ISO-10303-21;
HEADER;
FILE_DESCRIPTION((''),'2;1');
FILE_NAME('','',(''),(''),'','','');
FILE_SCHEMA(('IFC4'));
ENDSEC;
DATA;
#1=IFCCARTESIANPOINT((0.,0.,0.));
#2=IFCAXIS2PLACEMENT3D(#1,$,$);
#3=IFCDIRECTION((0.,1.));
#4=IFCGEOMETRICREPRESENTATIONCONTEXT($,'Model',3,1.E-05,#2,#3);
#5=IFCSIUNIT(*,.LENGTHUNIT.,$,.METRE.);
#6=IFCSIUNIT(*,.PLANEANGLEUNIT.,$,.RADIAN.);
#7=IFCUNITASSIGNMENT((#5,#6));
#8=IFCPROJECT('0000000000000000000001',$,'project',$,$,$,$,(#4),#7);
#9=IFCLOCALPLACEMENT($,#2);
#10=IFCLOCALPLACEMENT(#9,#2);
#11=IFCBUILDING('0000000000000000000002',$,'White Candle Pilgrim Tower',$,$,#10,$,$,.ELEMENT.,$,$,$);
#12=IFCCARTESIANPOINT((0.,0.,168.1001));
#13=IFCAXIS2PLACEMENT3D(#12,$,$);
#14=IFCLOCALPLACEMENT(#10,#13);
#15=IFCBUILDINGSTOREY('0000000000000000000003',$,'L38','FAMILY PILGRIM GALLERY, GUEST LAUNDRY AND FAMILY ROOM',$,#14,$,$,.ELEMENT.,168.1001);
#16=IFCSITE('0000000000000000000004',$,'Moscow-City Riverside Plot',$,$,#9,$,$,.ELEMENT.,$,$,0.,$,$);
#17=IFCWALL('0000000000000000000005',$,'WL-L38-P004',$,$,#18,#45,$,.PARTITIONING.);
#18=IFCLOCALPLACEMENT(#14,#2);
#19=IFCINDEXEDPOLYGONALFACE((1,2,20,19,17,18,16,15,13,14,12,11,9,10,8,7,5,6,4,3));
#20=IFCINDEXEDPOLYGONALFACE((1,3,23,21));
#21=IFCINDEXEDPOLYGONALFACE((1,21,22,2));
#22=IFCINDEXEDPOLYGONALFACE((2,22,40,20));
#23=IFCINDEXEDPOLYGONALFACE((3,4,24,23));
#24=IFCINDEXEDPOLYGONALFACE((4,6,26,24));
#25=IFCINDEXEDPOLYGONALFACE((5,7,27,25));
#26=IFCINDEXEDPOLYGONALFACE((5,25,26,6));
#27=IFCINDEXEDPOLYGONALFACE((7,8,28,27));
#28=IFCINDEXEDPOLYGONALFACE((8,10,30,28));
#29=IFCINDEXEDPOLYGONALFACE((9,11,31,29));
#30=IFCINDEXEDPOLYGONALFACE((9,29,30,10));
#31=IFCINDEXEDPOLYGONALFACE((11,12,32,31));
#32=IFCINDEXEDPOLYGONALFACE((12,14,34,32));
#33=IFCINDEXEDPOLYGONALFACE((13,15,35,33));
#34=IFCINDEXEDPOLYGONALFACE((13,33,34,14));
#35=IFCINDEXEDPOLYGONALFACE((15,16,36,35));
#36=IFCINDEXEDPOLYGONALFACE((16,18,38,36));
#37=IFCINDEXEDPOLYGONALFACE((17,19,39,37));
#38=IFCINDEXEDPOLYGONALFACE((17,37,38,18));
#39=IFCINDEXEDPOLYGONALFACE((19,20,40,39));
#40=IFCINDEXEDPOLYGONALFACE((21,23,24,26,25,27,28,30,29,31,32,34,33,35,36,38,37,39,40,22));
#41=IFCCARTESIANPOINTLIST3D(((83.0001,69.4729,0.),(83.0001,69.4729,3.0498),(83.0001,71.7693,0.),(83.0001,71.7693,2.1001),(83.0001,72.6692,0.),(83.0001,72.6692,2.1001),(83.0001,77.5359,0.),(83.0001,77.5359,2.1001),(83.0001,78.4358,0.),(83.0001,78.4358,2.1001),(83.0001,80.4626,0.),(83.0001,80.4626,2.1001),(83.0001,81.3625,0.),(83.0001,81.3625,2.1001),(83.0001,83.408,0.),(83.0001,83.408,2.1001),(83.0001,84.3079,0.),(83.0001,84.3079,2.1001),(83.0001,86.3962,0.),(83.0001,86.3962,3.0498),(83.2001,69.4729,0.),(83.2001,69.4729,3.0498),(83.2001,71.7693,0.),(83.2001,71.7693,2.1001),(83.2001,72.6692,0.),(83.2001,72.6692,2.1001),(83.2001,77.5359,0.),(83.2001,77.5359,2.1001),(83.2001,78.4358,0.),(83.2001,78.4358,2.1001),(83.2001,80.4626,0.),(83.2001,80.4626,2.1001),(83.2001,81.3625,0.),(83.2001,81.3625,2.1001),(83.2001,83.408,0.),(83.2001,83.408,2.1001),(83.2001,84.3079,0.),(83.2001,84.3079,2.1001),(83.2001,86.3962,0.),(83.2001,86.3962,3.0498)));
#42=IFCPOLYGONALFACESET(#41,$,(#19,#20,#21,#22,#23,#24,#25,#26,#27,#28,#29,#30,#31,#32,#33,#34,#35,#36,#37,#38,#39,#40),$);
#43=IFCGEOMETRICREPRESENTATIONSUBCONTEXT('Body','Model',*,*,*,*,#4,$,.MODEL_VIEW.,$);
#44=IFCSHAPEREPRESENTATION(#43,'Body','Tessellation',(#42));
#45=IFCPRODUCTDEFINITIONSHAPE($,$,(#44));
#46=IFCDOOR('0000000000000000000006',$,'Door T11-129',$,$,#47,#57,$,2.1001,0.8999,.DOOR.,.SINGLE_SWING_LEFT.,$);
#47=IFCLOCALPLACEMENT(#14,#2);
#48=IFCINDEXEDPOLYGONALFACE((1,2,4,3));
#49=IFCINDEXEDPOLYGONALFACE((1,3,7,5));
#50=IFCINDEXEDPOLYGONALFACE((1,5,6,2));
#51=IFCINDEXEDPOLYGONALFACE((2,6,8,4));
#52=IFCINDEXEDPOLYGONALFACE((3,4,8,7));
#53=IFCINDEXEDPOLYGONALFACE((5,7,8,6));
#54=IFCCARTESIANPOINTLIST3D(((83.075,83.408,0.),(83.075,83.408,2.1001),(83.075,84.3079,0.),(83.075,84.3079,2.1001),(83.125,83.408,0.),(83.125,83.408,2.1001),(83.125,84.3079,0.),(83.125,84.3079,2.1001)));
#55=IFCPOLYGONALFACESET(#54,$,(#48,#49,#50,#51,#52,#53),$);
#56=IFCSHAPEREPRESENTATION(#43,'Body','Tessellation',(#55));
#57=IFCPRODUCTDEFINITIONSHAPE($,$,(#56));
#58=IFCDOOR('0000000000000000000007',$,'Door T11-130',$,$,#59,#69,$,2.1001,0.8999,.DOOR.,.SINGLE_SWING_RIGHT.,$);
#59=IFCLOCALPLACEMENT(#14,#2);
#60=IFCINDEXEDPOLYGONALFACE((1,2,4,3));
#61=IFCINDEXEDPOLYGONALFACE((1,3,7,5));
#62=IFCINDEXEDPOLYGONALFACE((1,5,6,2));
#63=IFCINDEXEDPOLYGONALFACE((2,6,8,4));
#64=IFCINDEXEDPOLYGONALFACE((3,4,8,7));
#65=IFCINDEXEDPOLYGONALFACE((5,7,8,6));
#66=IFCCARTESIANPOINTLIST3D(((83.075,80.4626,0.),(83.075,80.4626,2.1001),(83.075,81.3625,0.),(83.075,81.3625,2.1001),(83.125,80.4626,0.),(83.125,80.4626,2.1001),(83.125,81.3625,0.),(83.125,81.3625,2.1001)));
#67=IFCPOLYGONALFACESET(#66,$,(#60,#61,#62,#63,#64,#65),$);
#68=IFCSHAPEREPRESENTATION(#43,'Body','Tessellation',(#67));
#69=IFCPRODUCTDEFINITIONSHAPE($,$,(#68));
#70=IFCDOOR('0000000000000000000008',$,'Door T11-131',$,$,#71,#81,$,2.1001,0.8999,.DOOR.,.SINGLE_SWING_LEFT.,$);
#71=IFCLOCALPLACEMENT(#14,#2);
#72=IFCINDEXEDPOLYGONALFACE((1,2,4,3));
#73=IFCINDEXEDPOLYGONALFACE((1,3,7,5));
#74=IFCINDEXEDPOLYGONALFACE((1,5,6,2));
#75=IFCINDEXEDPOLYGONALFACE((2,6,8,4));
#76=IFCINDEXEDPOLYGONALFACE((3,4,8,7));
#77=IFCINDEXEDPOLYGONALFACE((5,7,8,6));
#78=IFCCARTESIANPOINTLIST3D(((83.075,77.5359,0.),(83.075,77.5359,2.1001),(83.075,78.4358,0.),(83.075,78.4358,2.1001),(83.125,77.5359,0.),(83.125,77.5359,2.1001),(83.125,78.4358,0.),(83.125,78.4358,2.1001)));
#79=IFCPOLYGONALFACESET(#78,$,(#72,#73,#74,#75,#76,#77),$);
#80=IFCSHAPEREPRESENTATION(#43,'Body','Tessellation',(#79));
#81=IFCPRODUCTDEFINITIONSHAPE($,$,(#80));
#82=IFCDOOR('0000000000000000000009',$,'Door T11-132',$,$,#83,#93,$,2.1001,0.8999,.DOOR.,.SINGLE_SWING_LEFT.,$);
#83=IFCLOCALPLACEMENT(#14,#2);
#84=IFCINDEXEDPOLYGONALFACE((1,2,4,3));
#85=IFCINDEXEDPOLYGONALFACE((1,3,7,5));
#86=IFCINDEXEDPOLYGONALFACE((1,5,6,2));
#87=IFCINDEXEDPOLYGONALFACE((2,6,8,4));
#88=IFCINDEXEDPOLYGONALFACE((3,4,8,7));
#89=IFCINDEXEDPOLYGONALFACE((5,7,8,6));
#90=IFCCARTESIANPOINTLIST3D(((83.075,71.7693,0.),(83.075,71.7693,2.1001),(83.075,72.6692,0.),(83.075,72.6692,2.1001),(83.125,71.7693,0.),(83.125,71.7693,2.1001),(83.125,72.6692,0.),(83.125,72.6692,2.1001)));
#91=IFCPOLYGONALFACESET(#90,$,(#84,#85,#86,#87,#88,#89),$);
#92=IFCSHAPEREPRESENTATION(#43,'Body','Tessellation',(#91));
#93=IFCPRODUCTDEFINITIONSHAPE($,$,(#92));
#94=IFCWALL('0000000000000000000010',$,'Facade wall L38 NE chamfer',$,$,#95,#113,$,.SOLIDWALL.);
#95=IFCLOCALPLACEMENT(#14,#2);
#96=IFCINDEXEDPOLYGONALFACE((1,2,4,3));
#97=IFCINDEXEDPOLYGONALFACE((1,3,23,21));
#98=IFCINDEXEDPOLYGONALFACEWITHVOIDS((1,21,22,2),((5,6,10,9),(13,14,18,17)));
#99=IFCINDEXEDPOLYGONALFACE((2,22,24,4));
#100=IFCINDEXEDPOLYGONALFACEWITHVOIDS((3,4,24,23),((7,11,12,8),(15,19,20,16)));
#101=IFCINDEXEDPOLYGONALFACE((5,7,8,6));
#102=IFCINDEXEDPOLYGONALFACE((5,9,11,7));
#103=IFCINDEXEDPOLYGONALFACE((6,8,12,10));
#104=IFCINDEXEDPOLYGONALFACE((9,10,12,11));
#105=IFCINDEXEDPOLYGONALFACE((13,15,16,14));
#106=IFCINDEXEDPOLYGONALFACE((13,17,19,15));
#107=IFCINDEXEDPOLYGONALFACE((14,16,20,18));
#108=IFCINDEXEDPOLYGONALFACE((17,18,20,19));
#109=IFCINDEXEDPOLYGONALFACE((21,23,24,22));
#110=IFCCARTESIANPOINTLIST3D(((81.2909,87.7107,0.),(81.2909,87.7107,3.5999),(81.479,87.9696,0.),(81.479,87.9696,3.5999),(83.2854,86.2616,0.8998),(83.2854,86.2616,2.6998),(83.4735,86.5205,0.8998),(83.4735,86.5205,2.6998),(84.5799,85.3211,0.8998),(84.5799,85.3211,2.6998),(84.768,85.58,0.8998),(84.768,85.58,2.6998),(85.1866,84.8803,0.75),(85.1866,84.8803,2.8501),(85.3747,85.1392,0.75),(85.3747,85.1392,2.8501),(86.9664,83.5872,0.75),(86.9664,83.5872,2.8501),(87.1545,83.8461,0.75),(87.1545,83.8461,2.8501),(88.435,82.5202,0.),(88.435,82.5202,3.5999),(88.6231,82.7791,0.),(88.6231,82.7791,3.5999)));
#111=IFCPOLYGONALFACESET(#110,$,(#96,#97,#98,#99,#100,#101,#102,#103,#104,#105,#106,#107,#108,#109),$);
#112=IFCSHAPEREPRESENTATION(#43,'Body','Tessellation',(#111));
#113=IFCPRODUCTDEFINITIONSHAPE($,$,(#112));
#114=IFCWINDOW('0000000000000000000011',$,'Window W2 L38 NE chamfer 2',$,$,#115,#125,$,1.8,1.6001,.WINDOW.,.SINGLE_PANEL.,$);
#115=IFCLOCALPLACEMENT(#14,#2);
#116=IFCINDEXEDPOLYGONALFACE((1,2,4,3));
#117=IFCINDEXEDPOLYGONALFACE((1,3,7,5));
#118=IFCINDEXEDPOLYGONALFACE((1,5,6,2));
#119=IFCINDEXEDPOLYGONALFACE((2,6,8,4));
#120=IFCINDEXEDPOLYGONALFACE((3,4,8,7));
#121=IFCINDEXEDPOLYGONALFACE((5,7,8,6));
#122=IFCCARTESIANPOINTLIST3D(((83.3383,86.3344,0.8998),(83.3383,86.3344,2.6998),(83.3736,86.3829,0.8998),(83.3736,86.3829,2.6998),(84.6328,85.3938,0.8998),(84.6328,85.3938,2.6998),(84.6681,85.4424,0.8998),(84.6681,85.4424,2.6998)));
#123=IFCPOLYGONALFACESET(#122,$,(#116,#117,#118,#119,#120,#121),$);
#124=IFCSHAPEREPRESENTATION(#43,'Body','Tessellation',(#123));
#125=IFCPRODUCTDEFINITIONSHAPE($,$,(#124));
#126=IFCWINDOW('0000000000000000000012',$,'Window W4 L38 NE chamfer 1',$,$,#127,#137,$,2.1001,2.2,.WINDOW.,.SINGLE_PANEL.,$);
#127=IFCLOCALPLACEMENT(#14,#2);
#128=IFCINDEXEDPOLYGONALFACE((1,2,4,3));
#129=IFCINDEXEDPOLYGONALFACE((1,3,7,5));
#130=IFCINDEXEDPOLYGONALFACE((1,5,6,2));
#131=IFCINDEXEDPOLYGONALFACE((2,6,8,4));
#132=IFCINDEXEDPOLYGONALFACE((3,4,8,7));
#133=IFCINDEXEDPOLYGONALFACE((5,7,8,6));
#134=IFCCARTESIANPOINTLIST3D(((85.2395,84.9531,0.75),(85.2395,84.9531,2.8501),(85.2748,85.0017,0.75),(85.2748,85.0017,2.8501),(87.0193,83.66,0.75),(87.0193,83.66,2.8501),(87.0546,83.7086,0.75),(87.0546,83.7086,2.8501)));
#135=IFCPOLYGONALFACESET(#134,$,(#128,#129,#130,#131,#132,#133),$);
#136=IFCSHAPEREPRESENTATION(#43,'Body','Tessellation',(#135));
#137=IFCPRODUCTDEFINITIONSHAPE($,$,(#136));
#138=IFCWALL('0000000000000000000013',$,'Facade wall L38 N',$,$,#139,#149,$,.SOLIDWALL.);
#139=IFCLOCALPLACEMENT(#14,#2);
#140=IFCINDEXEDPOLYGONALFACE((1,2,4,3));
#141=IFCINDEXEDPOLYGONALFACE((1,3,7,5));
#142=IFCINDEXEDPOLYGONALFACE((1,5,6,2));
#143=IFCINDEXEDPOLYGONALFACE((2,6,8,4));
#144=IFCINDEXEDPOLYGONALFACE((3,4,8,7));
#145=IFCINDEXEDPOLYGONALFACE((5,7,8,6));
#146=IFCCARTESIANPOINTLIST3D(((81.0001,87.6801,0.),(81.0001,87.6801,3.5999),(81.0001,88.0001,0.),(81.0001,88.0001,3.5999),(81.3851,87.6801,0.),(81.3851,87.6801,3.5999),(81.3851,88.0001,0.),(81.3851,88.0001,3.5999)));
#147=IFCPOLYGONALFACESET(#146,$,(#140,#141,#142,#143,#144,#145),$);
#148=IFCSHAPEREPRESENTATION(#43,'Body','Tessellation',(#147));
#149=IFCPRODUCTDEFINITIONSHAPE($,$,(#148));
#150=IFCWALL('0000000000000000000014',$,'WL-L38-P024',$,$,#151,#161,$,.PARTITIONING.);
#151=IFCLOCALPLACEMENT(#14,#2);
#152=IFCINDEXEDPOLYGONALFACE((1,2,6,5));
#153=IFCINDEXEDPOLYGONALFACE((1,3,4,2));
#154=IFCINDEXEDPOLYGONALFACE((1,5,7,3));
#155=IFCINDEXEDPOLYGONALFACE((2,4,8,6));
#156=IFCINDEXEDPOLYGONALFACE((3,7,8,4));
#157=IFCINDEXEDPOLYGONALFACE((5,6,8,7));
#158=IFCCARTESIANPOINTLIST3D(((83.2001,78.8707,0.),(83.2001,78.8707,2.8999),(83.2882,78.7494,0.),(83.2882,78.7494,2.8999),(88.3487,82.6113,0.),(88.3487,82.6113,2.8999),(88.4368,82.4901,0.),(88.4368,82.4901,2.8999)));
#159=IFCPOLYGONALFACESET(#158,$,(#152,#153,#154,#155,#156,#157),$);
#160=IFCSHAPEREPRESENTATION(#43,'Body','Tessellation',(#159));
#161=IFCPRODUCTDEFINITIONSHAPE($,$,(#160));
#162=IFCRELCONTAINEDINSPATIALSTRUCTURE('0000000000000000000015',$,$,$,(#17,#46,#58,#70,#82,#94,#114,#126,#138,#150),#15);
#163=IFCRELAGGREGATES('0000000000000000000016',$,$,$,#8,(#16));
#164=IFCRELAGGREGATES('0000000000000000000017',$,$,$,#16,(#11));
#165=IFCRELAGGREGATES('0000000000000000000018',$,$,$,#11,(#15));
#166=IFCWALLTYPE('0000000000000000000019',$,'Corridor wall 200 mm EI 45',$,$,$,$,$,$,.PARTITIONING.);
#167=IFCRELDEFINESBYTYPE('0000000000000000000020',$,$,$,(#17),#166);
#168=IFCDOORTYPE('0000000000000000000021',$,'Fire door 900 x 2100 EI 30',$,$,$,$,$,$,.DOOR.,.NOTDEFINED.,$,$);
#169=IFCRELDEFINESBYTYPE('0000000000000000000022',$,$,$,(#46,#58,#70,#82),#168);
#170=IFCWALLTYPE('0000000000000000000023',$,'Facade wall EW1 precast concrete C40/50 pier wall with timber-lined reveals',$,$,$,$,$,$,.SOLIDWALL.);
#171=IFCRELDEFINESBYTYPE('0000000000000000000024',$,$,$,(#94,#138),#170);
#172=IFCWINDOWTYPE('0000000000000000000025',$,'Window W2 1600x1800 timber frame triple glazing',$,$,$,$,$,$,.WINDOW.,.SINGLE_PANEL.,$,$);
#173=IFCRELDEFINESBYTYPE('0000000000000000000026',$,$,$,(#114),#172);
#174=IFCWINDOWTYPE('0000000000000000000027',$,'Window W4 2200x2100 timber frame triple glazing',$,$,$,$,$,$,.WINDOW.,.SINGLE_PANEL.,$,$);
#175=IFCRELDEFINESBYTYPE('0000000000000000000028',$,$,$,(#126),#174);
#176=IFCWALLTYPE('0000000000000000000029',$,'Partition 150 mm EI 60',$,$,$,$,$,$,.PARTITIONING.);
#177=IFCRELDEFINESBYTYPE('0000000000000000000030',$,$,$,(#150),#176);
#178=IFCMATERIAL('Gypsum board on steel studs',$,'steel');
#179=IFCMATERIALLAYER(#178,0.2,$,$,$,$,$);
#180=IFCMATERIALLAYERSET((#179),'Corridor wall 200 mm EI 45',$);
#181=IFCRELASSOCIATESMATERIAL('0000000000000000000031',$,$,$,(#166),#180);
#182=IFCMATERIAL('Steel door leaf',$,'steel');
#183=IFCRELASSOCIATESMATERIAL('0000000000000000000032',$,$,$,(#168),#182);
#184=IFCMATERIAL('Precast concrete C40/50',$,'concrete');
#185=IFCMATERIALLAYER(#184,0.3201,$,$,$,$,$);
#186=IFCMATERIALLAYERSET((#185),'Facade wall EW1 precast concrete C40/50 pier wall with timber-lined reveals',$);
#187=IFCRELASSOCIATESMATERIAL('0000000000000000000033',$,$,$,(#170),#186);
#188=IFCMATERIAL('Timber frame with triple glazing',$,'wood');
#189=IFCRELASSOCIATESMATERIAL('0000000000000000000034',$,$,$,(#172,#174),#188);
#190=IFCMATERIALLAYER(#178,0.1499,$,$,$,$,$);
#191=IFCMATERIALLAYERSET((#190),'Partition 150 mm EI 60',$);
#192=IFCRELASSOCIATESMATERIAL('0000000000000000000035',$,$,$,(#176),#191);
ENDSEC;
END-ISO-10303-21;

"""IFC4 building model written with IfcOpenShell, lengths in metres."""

from ifc_helpers import new_model, si_unit, direction, frame, frame_2d, origin, place, context, subcontext, project, spatial, rectangle, extrude, material, layer, layer_set, type_object, element, fill, save


model = new_model("IFC4")

# Units and contexts
model_context = context("Model", 3, precision=1e-05, world=origin(), true_north=direction((0.0, 1.0)))
body_context = subcontext(model_context, "Body", "Model", "MODEL_VIEW")
ifc_project = project(units=[si_unit("LENGTHUNIT", "METRE"), si_unit("PLANEANGLEUNIT", "RADIAN")], contexts=[model_context])

# Site, building, storey
site_placement = place(None, origin())
site = spatial("IfcSite", under=ifc_project, at=site_placement, Name="Moscow-City Riverside Plot", CompositionType="ELEMENT", RefElevation=0.0)
building_placement = place(site_placement, origin())
building = spatial("IfcBuilding", under=site, at=building_placement, Name="White Candle Pilgrim Tower", CompositionType="ELEMENT")
storey_placement = place(building_placement, frame((0.0, 0.0, 168.1001)))
storey = spatial("IfcBuildingStorey", under=building, at=storey_placement, Name="L38", Description="FAMILY PILGRIM GALLERY, GUEST LAUNDRY AND FAMILY ROOM", CompositionType="ELEMENT", Elevation=168.1001)

# Shared definitions
ifc_material_1 = material(Name="Steel door leaf", Category="steel")

# Wall, openings, doors
ifc_material_2 = material(Name="Gypsum board on steel studs", Category="steel")
ifc_layer_1 = layer(ifc_material_2, 0.2)
ifc_layer_set_1 = layer_set([ifc_layer_1], Name="Corridor wall 200 mm EI 45")
wall_type_1 = type_object("IfcWallType", Name="Corridor wall 200 mm EI 45", PredefinedType="PARTITIONING", material=ifc_layer_set_1)
wall_1_placement = place(storey_placement, frame((83.1001, 86.3962, 0.0), z_axis=(0.0, 0.0, 1.0), x_axis=(0.0, -1.0, 0.0)))
wall_1 = element("IfcWall", 1, at=wall_1_placement, inside=storey, type_object=wall_type_1, Name="WL-L38-P004", PredefinedType="PARTITIONING", context=body_context, shape_type="SweptSolid", body=[
    extrude(rectangle(XDim=16.9233, YDim=0.2, at=frame_2d((8.4617, 0.0))), origin(), (0.0, 0.0, 1.0), 3.0498),
])
opening_1_placement = place(wall_1_placement, frame((2.0884, 0.0, 0.0)))
opening_1 = element("IfcOpeningElement", 2, at=opening_1_placement, cuts=wall_1, PredefinedType="OPENING", context=body_context, shape_type="SweptSolid", body=[
    extrude(rectangle(XDim=0.8999, YDim=2.1001, at=frame_2d((0.45, 1.05))), frame((0.0, 0.1099, 0.0), z_axis=(0.0, -1.0, 0.0), x_axis=(1.0, 0.0, 0.0)), (0.0, 0.0, 1.0), 0.22),
])
opening_2_placement = place(wall_1_placement, frame((5.0337, 0.0, 0.0)))
opening_2 = element("IfcOpeningElement", 3, at=opening_2_placement, cuts=wall_1, PredefinedType="OPENING", context=body_context, shape_type="SweptSolid", body=[
    extrude(rectangle(XDim=0.8999, YDim=2.1001, at=frame_2d((0.45, 1.05))), frame((0.0, 0.1099, 0.0), z_axis=(0.0, -1.0, 0.0), x_axis=(1.0, 0.0, 0.0)), (0.0, 0.0, 1.0), 0.22),
])
opening_3_placement = place(wall_1_placement, frame((7.9604, 0.0, 0.0)))
opening_3 = element("IfcOpeningElement", 4, at=opening_3_placement, cuts=wall_1, PredefinedType="OPENING", context=body_context, shape_type="SweptSolid", body=[
    extrude(rectangle(XDim=0.8999, YDim=2.1001, at=frame_2d((0.45, 1.05))), frame((0.0, 0.1099, 0.0), z_axis=(0.0, -1.0, 0.0), x_axis=(1.0, 0.0, 0.0)), (0.0, 0.0, 1.0), 0.22),
])
opening_4_placement = place(wall_1_placement, frame((13.7271, 0.0, 0.0)))
opening_4 = element("IfcOpeningElement", 5, at=opening_4_placement, cuts=wall_1, PredefinedType="OPENING", context=body_context, shape_type="SweptSolid", body=[
    extrude(rectangle(XDim=0.8999, YDim=2.1001, at=frame_2d((0.45, 1.05))), frame((0.0, 0.1099, 0.0), z_axis=(0.0, -1.0, 0.0), x_axis=(1.0, 0.0, 0.0)), (0.0, 0.0, 1.0), 0.22),
])
door_type_1 = type_object("IfcDoorType", Name="Fire door 900 x 2100 EI 30", OperationType="NOTDEFINED", PredefinedType="DOOR", material=ifc_material_1)
door_1_placement = place(opening_1_placement, origin())
door_1 = element("IfcDoor", 6, at=door_1_placement, inside=storey, type_object=door_type_1, Name="Door T11-129", OperationType="SINGLE_SWING_LEFT", OverallHeight=2.1001, OverallWidth=0.8999, PredefinedType="DOOR", context=body_context, shape_type="SweptSolid", body=[
    extrude(rectangle(XDim=0.8999, YDim=2.1001, at=frame_2d((0.45, 1.05))), frame((0.0, 0.0249, 0.0), z_axis=(0.0, -1.0, 0.0), x_axis=(1.0, 0.0, 0.0)), (0.0, 0.0, 1.0), 0.05),
])
fill(opening_1, door_1)
door_2_placement = place(opening_2_placement, origin())
door_2 = element("IfcDoor", 7, at=door_2_placement, inside=storey, type_object=door_type_1, Name="Door T11-130", OperationType="SINGLE_SWING_RIGHT", OverallHeight=2.1001, OverallWidth=0.8999, PredefinedType="DOOR", context=body_context, shape_type="SweptSolid", body=[
    extrude(rectangle(XDim=0.8999, YDim=2.1001, at=frame_2d((0.45, 1.05))), frame((0.0, 0.0249, 0.0), z_axis=(0.0, -1.0, 0.0), x_axis=(1.0, 0.0, 0.0)), (0.0, 0.0, 1.0), 0.05),
])
fill(opening_2, door_2)
door_3_placement = place(opening_3_placement, origin())
door_3 = element("IfcDoor", 8, at=door_3_placement, inside=storey, type_object=door_type_1, Name="Door T11-131", OperationType="SINGLE_SWING_LEFT", OverallHeight=2.1001, OverallWidth=0.8999, PredefinedType="DOOR", context=body_context, shape_type="SweptSolid", body=[
    extrude(rectangle(XDim=0.8999, YDim=2.1001, at=frame_2d((0.45, 1.05))), frame((0.0, 0.0249, 0.0), z_axis=(0.0, -1.0, 0.0), x_axis=(1.0, 0.0, 0.0)), (0.0, 0.0, 1.0), 0.05),
])
fill(opening_3, door_3)
door_4_placement = place(opening_4_placement, origin())
door_4 = element("IfcDoor", 9, at=door_4_placement, inside=storey, type_object=door_type_1, Name="Door T11-132", OperationType="SINGLE_SWING_LEFT", OverallHeight=2.1001, OverallWidth=0.8999, PredefinedType="DOOR", context=body_context, shape_type="SweptSolid", body=[
    extrude(rectangle(XDim=0.8999, YDim=2.1001, at=frame_2d((0.45, 1.05))), frame((0.0, 0.0249, 0.0), z_axis=(0.0, -1.0, 0.0), x_axis=(1.0, 0.0, 0.0)), (0.0, 0.0, 1.0), 0.05),
])
fill(opening_4, door_4)

# Wall, openings, windows
ifc_material_3 = material(Name="Precast concrete C40/50", Category="concrete")
ifc_layer_2 = layer(ifc_material_3, 0.3201)
ifc_layer_set_2 = layer_set([ifc_layer_2], Name="Facade wall EW1 precast concrete C40/50 pier wall with timber-lined reveals")
wall_type_2 = type_object("IfcWallType", Name="Facade wall EW1 precast concrete C40/50 pier wall with timber-lined reveals", PredefinedType="SOLIDWALL", material=ifc_layer_set_2)
wall_2_placement = place(storey_placement, frame((88.5291, 82.6497, 0.0), z_axis=(0.0, 0.0, 1.0), x_axis=(-0.809018, 0.587784, 0.0)))
wall_2 = element("IfcWall", 10, at=wall_2_placement, inside=storey, type_object=wall_type_2, Name="Facade wall L38 NE chamfer", PredefinedType="SOLIDWALL", context=body_context, shape_type="SweptSolid", body=[
    extrude(rectangle(XDim=8.8306, YDim=0.3201, at=frame_2d((4.4153, 0.0))), origin(), (0.0, 0.0, 1.0), 3.5999),
])
opening_5_placement = place(wall_2_placement, frame((1.8152, 0.0, 0.75)))
opening_5 = element("IfcOpeningElement", 11, at=opening_5_placement, cuts=wall_2, PredefinedType="OPENING", context=body_context, shape_type="SweptSolid", body=[
    extrude(rectangle(XDim=2.2, YDim=2.1001, at=frame_2d((1.1001, 1.05))), frame((0.0, 0.1699, 0.0), z_axis=(0.0, -1.0, 0.0), x_axis=(1.0, 0.0, 0.0)), (0.0, 0.0, 1.0), 0.3401),
])
opening_6_placement = place(wall_2_placement, frame((4.7651, 0.0, 0.8999)))
opening_6 = element("IfcOpeningElement", 12, at=opening_6_placement, cuts=wall_2, PredefinedType="OPENING", context=body_context, shape_type="SweptSolid", body=[
    extrude(rectangle(XDim=1.6001, YDim=1.8, at=frame_2d((0.8, 0.8999))), frame((0.0, 0.1699, 0.0), z_axis=(0.0, -1.0, 0.0), x_axis=(1.0, 0.0, 0.0)), (0.0, 0.0, 1.0), 0.3401),
])
ifc_material_4 = material(Name="Timber frame with triple glazing", Category="wood")
window_type_1 = type_object("IfcWindowType", Name="Window W2 1600x1800 timber frame triple glazing", PartitioningType="SINGLE_PANEL", PredefinedType="WINDOW", material=ifc_material_4)
window_1_placement = place(opening_6_placement, origin())
window_1 = element("IfcWindow", 13, at=window_1_placement, inside=storey, type_object=window_type_1, Name="Window W2 L38 NE chamfer 2", OverallHeight=1.8, OverallWidth=1.6001, PartitioningType="SINGLE_PANEL", PredefinedType="WINDOW", context=body_context, shape_type="SweptSolid", body=[
    extrude(rectangle(XDim=1.6001, YDim=1.8, at=frame_2d((0.8, 0.8999))), frame((0.0, 0.0701, 0.0), z_axis=(0.0, -1.0, 0.0), x_axis=(1.0, 0.0, 0.0)), (0.0, 0.0, 1.0), 0.0601),
])
fill(opening_6, window_1)
window_type_2 = type_object("IfcWindowType", Name="Window W4 2200x2100 timber frame triple glazing", PartitioningType="SINGLE_PANEL", PredefinedType="WINDOW", material=ifc_material_4)
window_2_placement = place(opening_5_placement, origin())
window_2 = element("IfcWindow", 14, at=window_2_placement, inside=storey, type_object=window_type_2, Name="Window W4 L38 NE chamfer 1", OverallHeight=2.1001, OverallWidth=2.2, PartitioningType="SINGLE_PANEL", PredefinedType="WINDOW", context=body_context, shape_type="SweptSolid", body=[
    extrude(rectangle(XDim=2.2, YDim=2.1001, at=frame_2d((1.1001, 1.05))), frame((0.0, 0.0701, 0.0), z_axis=(0.0, -1.0, 0.0), x_axis=(1.0, 0.0, 0.0)), (0.0, 0.0, 1.0), 0.0601),
])
fill(opening_5, window_2)

# Walls
wall_3_placement = place(storey_placement, frame((81.385, 87.8401, 0.0), z_axis=(0.0, 0.0, 1.0), x_axis=(-1.0, 0.0, 0.0)))
element("IfcWall", 15, at=wall_3_placement, inside=storey, type_object=wall_type_2, Name="Facade wall L38 N", PredefinedType="SOLIDWALL", context=body_context, shape_type="SweptSolid", body=[
    extrude(rectangle(XDim=0.385, YDim=0.3201, at=frame_2d((0.1924, 0.0))), origin(), (0.0, 0.0, 1.0), 3.5999),
])
ifc_layer_3 = layer(ifc_material_2, 0.1499)
ifc_layer_set_3 = layer_set([ifc_layer_3], Name="Partition 150 mm EI 60")
wall_type_3 = type_object("IfcWallType", Name="Partition 150 mm EI 60", PredefinedType="PARTITIONING", material=ifc_layer_set_3)
wall_4_placement = place(storey_placement, frame((88.3928, 82.5508, 0.0), z_axis=(0.0, 0.0, 1.0), x_axis=(-0.809018, -0.587784, 0.0)))
element("IfcWall", 16, at=wall_4_placement, inside=storey, type_object=wall_type_3, Name="WL-L38-P024", PredefinedType="PARTITIONING", context=body_context, shape_type="SweptSolid", body=[
    extrude(rectangle(XDim=6.364, YDim=0.1499, at=frame_2d((3.1821, 0.0))), origin(), (0.0, 0.0, 1.0), 2.8999),
])

save(model, "model.ifc")
